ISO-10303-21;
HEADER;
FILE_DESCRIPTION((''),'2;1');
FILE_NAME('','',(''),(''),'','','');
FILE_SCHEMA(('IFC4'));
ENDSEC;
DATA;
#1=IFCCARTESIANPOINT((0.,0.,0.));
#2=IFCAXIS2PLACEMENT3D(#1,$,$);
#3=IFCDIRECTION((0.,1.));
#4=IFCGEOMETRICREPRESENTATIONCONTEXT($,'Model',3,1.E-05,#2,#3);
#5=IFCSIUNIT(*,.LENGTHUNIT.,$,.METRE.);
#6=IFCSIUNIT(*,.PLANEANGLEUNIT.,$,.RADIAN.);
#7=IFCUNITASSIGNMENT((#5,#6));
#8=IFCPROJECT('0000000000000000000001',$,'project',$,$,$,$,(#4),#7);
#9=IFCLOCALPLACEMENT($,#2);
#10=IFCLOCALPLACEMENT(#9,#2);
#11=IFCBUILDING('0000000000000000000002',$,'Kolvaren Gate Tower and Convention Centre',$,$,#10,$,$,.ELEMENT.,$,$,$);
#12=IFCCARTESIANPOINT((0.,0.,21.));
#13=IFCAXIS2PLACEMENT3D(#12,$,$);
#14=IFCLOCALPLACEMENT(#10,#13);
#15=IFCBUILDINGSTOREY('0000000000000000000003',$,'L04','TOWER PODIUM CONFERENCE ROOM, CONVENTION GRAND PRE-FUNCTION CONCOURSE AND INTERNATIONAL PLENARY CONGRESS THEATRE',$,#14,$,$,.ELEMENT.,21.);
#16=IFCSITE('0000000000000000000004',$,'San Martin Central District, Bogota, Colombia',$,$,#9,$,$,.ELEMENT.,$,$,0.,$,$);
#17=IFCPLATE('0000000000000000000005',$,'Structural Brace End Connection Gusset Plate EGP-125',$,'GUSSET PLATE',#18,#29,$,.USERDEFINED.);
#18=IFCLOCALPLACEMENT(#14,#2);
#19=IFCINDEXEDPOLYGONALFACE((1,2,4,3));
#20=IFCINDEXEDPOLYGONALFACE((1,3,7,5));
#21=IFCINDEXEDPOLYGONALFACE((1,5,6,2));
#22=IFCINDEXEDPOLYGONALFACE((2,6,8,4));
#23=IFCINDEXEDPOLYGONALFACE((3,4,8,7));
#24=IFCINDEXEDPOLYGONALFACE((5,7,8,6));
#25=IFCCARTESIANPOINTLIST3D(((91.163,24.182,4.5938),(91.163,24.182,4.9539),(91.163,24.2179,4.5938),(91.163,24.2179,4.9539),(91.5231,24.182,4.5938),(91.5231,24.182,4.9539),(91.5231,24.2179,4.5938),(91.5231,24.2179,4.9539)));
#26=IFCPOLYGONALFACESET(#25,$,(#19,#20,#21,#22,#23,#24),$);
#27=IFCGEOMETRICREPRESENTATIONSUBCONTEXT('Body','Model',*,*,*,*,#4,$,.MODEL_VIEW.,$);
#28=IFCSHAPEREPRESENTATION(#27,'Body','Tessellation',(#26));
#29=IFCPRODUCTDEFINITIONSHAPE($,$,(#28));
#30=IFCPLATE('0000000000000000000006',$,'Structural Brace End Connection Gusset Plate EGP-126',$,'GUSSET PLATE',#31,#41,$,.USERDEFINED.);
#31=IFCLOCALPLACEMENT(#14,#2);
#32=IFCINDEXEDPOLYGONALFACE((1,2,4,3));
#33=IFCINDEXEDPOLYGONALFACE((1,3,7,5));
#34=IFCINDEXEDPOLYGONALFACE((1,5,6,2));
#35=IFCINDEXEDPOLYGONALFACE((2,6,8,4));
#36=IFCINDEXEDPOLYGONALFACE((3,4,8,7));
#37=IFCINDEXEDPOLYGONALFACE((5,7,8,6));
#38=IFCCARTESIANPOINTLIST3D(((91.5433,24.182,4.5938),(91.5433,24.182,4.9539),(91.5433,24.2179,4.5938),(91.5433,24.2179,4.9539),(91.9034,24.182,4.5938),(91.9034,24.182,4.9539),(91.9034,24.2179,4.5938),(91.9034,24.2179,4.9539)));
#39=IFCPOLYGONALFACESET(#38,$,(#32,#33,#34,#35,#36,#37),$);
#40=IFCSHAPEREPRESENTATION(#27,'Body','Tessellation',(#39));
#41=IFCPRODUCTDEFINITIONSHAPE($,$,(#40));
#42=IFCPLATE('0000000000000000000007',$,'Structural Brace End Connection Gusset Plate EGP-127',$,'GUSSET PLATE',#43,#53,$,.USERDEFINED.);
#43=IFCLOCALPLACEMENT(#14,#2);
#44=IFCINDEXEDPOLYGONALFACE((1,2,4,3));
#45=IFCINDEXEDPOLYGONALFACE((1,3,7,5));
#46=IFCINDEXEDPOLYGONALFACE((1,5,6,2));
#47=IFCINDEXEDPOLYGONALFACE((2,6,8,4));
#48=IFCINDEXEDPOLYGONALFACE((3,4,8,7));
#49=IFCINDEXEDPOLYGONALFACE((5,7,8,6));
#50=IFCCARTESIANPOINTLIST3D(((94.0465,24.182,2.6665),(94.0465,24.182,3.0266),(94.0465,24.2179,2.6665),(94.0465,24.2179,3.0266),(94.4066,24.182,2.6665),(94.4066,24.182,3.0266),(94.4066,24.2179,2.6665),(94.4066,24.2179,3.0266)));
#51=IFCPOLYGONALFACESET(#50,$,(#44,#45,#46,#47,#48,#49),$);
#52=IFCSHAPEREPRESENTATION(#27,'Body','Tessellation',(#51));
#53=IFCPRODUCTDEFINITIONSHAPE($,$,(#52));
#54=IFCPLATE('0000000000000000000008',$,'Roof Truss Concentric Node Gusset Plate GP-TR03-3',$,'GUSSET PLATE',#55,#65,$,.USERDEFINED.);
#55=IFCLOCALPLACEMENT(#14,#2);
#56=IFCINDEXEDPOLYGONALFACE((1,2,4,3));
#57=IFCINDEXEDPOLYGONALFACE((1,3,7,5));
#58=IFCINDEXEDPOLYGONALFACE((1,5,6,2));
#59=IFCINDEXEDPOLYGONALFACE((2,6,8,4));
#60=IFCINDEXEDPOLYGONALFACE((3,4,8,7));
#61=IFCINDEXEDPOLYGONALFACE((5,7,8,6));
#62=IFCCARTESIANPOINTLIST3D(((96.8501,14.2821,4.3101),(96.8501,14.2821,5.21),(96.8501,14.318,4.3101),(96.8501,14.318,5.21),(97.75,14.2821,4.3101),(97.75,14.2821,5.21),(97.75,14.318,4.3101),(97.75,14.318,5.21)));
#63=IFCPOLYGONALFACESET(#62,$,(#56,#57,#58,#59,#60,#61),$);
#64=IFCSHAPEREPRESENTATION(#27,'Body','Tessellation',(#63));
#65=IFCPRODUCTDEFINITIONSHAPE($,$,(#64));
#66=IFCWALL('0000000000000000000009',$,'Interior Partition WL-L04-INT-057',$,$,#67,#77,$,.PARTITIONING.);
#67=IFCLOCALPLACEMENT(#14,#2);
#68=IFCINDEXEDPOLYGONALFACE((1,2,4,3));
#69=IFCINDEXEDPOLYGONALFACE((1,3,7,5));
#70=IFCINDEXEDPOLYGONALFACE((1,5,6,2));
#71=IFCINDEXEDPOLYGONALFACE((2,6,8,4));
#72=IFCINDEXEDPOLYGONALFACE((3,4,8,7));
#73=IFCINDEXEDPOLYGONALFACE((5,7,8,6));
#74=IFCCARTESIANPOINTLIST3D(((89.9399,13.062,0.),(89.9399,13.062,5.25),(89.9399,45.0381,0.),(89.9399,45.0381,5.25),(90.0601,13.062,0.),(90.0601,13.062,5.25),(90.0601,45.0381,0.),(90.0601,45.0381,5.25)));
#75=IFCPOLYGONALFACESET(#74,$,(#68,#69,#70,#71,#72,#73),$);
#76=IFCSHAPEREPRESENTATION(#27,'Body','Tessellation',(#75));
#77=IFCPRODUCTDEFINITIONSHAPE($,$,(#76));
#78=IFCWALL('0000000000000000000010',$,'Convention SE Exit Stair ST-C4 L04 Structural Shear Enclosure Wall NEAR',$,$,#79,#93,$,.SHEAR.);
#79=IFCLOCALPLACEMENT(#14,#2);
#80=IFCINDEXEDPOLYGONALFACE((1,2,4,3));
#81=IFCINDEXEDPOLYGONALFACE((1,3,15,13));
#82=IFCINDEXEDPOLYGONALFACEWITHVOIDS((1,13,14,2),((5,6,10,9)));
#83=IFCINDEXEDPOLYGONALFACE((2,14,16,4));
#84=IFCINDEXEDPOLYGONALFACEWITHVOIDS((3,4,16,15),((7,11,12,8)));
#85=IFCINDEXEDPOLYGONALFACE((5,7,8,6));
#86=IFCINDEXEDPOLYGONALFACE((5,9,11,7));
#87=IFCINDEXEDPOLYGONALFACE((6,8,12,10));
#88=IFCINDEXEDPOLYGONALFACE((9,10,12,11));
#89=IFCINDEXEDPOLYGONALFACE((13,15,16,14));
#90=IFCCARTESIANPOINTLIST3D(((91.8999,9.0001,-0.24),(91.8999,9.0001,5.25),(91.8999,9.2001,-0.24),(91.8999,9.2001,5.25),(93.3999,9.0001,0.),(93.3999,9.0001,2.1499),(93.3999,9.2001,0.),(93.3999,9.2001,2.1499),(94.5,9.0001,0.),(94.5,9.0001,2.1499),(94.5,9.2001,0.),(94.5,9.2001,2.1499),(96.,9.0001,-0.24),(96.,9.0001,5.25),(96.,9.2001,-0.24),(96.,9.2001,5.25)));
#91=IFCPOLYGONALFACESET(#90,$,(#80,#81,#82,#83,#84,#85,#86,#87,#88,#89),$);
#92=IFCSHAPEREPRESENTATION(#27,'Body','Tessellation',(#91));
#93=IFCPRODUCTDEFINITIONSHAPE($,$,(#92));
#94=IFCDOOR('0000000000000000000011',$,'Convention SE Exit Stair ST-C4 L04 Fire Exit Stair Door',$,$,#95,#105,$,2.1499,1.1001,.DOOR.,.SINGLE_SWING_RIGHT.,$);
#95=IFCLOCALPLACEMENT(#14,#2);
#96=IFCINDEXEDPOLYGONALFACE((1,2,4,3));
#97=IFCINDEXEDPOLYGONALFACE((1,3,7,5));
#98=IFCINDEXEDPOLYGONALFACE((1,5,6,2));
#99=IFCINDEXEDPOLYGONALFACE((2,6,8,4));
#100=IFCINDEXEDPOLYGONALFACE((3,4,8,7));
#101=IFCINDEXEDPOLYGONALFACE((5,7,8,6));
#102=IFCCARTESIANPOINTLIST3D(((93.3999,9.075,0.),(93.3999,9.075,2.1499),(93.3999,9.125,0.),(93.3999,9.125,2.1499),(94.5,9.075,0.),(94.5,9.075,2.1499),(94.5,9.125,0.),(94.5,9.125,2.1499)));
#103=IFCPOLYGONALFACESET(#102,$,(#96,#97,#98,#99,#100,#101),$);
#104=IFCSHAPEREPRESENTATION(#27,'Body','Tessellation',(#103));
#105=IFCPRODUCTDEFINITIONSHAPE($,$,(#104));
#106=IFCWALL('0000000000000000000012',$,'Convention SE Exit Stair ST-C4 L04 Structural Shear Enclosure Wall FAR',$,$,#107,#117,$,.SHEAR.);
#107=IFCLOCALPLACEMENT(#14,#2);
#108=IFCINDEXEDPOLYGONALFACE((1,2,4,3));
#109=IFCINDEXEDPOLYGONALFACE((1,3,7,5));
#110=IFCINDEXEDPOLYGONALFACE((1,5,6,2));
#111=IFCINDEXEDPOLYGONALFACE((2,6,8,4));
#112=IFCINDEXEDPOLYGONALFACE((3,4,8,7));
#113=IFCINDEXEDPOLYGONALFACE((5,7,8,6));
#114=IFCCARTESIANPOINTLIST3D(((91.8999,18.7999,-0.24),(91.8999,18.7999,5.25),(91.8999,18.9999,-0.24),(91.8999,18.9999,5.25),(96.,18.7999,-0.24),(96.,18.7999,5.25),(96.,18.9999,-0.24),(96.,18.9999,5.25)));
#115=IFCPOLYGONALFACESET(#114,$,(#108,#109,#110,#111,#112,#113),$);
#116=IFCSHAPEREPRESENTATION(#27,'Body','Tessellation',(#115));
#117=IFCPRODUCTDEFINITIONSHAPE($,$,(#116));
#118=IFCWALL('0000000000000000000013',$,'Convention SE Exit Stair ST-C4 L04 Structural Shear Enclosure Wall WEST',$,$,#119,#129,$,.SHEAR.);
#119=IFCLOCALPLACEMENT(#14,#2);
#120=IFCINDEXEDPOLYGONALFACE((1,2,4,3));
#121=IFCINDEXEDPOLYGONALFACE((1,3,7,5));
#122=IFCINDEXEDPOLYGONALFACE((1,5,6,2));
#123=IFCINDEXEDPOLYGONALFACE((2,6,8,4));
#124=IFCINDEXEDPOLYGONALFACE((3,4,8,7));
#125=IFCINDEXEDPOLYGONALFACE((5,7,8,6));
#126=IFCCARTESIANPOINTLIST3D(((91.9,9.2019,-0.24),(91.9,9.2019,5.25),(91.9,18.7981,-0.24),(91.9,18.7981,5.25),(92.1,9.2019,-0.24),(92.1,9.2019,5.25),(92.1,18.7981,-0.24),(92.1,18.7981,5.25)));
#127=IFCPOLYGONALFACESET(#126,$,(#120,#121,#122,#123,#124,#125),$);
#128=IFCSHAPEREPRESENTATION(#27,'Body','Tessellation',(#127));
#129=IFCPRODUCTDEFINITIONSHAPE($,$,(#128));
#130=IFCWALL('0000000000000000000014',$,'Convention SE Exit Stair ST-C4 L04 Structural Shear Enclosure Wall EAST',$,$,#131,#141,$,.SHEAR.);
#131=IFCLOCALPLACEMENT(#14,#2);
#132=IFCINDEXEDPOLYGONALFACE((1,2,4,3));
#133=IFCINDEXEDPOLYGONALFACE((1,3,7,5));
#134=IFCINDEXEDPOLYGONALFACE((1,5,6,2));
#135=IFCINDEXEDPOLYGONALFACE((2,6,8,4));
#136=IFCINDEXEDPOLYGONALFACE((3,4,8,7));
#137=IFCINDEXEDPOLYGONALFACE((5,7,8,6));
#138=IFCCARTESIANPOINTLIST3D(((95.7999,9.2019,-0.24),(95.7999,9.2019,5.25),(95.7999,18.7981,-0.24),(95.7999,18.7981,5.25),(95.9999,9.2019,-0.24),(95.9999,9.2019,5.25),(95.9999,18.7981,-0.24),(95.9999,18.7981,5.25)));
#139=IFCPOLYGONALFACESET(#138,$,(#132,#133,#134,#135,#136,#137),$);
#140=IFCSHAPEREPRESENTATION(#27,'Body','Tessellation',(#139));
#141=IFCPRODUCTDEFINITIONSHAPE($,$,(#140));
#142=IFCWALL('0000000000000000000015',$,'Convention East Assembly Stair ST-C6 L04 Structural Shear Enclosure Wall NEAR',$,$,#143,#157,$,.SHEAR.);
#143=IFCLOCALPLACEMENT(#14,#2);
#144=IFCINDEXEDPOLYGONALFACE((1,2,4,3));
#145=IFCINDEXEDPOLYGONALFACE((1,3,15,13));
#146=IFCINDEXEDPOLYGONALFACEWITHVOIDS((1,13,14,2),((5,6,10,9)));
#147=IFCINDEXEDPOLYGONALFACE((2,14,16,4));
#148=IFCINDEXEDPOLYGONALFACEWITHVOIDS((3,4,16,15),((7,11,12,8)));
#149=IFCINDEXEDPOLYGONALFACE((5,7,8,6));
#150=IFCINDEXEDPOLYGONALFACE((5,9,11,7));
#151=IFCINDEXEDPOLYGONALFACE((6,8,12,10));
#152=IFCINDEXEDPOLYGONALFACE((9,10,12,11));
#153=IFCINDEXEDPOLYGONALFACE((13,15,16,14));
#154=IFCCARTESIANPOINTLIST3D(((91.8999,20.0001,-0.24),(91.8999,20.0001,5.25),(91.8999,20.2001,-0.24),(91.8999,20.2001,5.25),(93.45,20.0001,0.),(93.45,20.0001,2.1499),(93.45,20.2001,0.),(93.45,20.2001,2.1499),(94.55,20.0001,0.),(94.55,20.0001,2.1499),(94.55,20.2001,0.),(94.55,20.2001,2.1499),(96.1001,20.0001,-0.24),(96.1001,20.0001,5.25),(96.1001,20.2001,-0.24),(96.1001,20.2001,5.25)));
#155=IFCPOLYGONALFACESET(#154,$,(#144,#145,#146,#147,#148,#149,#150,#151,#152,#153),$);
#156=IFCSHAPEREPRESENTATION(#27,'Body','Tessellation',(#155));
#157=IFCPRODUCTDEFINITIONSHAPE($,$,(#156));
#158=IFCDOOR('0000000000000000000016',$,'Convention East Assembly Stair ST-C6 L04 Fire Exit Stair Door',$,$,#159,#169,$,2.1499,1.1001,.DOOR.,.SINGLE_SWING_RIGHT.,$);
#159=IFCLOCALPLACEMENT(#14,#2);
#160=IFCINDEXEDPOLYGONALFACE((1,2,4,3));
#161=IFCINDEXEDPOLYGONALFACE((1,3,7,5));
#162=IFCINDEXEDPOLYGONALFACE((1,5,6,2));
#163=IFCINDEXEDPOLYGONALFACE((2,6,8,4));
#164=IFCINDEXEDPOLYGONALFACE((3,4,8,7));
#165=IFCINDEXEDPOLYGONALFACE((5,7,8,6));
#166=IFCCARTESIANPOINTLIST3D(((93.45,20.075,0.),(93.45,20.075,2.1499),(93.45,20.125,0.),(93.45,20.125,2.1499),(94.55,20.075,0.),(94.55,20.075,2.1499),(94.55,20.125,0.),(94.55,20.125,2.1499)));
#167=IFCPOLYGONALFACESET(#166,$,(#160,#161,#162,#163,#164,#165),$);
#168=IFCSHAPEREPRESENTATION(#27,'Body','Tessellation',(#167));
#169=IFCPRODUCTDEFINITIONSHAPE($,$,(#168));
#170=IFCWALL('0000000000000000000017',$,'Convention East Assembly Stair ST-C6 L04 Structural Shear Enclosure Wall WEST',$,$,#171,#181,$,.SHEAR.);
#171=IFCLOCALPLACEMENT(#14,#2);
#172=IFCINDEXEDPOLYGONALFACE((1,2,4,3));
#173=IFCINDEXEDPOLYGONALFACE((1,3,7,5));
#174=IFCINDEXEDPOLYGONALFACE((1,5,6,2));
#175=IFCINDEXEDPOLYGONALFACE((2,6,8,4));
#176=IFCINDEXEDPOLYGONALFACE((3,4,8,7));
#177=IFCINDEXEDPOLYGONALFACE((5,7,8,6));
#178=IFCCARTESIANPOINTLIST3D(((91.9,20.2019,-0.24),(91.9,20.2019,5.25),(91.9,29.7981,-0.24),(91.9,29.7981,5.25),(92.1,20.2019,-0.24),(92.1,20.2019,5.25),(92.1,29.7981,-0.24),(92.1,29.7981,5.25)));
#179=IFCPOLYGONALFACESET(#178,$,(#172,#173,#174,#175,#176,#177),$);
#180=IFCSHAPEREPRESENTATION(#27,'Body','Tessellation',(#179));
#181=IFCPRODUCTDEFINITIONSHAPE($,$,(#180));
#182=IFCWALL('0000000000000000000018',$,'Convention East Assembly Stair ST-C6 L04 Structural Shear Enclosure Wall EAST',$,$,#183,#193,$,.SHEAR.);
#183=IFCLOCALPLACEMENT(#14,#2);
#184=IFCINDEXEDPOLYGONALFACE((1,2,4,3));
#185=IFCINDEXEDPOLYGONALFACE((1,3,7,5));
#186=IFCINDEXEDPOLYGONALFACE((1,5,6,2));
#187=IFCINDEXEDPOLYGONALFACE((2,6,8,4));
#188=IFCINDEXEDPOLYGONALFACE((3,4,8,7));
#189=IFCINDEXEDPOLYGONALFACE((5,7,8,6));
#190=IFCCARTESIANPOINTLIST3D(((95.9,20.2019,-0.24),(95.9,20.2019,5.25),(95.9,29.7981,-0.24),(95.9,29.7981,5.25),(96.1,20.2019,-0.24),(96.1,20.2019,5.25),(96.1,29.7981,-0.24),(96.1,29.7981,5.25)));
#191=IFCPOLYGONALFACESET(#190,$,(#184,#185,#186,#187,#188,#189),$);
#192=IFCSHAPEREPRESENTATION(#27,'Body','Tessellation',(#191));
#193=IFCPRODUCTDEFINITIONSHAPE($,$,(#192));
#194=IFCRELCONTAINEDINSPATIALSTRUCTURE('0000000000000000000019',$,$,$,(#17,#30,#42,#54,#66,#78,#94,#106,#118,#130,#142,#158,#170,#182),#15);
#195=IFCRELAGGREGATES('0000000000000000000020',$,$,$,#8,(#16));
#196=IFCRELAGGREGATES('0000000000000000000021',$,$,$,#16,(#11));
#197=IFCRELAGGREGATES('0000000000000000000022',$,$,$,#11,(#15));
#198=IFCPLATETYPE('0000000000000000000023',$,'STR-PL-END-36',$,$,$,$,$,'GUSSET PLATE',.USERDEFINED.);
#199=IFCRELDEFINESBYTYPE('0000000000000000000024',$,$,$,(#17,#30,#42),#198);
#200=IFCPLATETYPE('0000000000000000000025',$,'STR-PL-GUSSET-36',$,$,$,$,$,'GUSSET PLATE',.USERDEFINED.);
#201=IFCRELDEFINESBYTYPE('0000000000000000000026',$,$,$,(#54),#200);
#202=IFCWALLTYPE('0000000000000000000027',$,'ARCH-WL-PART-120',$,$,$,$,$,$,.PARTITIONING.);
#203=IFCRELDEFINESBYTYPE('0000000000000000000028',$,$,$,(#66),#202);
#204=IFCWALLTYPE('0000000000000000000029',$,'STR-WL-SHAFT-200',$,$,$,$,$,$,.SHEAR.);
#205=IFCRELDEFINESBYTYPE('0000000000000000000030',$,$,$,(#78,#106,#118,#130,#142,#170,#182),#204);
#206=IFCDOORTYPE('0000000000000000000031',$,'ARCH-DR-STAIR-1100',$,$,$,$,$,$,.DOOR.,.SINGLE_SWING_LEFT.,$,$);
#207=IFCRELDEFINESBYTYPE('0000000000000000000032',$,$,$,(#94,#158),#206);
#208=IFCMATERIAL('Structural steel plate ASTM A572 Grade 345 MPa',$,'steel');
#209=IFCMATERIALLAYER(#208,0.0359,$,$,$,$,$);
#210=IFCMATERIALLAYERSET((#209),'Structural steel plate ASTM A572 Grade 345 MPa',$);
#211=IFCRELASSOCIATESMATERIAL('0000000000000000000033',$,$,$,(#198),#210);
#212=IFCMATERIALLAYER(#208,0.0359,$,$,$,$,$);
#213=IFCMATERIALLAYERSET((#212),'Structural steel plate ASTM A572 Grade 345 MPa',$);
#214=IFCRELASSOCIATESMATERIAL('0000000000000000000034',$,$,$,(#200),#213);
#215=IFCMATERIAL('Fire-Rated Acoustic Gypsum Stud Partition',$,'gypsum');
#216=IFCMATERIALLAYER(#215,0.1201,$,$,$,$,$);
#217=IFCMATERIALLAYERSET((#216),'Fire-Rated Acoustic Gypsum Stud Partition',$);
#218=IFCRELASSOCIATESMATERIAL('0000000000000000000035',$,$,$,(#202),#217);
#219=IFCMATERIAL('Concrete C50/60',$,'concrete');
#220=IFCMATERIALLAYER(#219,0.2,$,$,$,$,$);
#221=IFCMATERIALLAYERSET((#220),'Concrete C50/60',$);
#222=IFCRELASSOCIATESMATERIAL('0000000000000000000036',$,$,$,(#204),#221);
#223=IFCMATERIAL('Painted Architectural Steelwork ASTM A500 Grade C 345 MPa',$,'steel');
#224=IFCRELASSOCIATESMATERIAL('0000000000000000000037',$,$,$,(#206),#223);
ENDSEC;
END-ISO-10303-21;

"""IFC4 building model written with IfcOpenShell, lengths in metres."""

from ifc_helpers import new_model, si_unit, direction, frame, frame_2d, origin, origin_2d, place, context, subcontext, project, spatial, rectangle, extrude, material, layer, layer_set, type_object, element, fill, save


model = new_model("IFC4")

# Units and contexts
model_context = context("Model", 3, precision=1e-05, world=origin(), true_north=direction((0.0, 1.0)))
body_context = subcontext(model_context, "Body", "Model", "MODEL_VIEW")
ifc_project = project(units=[si_unit("LENGTHUNIT", "METRE"), si_unit("PLANEANGLEUNIT", "RADIAN")], contexts=[model_context])

# Site, building, storey
site_placement = place(None, origin())
site = spatial("IfcSite", under=ifc_project, at=site_placement, Name="San Martin Central District, Bogota, Colombia", CompositionType="ELEMENT", RefElevation=0.0)
building_placement = place(site_placement, origin())
building = spatial("IfcBuilding", under=site, at=building_placement, Name="Kolvaren Gate Tower and Convention Centre", CompositionType="ELEMENT")
storey_placement = place(building_placement, frame((0.0, 0.0, 21.0)))
storey = spatial("IfcBuildingStorey", under=building, at=storey_placement, Name="L04", Description="TOWER PODIUM CONFERENCE ROOM, CONVENTION GRAND PRE-FUNCTION CONCOURSE AND INTERNATIONAL PLENARY CONGRESS THEATRE", CompositionType="ELEMENT", Elevation=21.0)

# Plates
ifc_material_1 = material(Name="Structural steel plate ASTM A572 Grade 345 MPa", Category="steel")
ifc_layer_1 = layer(ifc_material_1, 0.0359)
ifc_layer_set_1 = layer_set([ifc_layer_1], Name="Structural steel plate ASTM A572 Grade 345 MPa")
plate_type_1 = type_object("IfcPlateType", Name="STR-PL-END-36", ElementType="GUSSET PLATE", PredefinedType="USERDEFINED", material=ifc_layer_set_1)
for number, where, z_axis, x_axis, name in (
    (1, (91.343, 24.2, 4.5938), (0.0, 0.0, 1.0), (1.0, 0.0, 0.0), "Structural Brace End Connection Gusset Plate EGP-125"),
    (2, (91.7234, 24.2, 4.5938), (0.0, 0.0, 1.0), (1.0, 0.0, 0.0), "Structural Brace End Connection Gusset Plate EGP-126"),
    (3, (94.2266, 24.2, 2.6665), (0.0, 0.0, 1.0), (1.0, 0.0, 0.0), "Structural Brace End Connection Gusset Plate EGP-127"),
):
    element("IfcPlate", number, at=place(storey_placement, frame(where, z_axis=z_axis, x_axis=x_axis)), inside=storey, type_object=plate_type_1, Name=name, ObjectType="GUSSET PLATE", PredefinedType="USERDEFINED", context=body_context, shape_type="SweptSolid", body=[
        extrude(rectangle(XDim=0.3601, YDim=0.0359, at=origin_2d()), origin(), (0.0, 0.0, 1.0), 0.3601),
    ])
ifc_layer_2 = layer(ifc_material_1, 0.0359)
ifc_layer_set_2 = layer_set([ifc_layer_2], Name="Structural steel plate ASTM A572 Grade 345 MPa")
plate_type_2 = type_object("IfcPlateType", Name="STR-PL-GUSSET-36", ElementType="GUSSET PLATE", PredefinedType="USERDEFINED", material=ifc_layer_set_2)
plate_placement = place(storey_placement, frame((97.3, 14.3, 4.3101), z_axis=(0.0, 0.0, 1.0), x_axis=(1.0, 0.0, 0.0)))
element("IfcPlate", 4, at=plate_placement, inside=storey, type_object=plate_type_2, Name="Roof Truss Concentric Node Gusset Plate GP-TR03-3", ObjectType="GUSSET PLATE", PredefinedType="USERDEFINED", context=body_context, shape_type="SweptSolid", body=[
    extrude(rectangle(XDim=0.8999, YDim=0.0359, at=origin_2d()), origin(), (0.0, 0.0, 1.0), 0.8999),
])

# Wall
ifc_material_2 = material(Name="Fire-Rated Acoustic Gypsum Stud Partition", Category="gypsum")
ifc_layer_3 = layer(ifc_material_2, 0.1201)
ifc_layer_set_3 = layer_set([ifc_layer_3], Name="Fire-Rated Acoustic Gypsum Stud Partition")
wall_type_1 = type_object("IfcWallType", Name="ARCH-WL-PART-120", PredefinedType="PARTITIONING", material=ifc_layer_set_3)
wall_1_placement = place(storey_placement, frame((90.0, 13.062, 0.0), z_axis=(0.0, 0.0, 1.0), x_axis=(0.0, 1.0, 0.0)))
element("IfcWall", 5, at=wall_1_placement, inside=storey, type_object=wall_type_1, Name="Interior Partition WL-L04-INT-057", PredefinedType="PARTITIONING", context=body_context, shape_type="SweptSolid", body=[
    extrude(rectangle(XDim=31.9761, YDim=0.1201, at=frame_2d((15.988, 0.0))), origin(), (0.0, 0.0, 1.0), 5.25),
])

# Wall, opening, door
ifc_material_3 = material(Name="Concrete C50/60", Category="concrete")
ifc_layer_4 = layer(ifc_material_3, 0.2)
ifc_layer_set_4 = layer_set([ifc_layer_4], Name="Concrete C50/60")
wall_type_2 = type_object("IfcWallType", Name="STR-WL-SHAFT-200", PredefinedType="SHEAR", material=ifc_layer_set_4)
wall_2_placement = place(storey_placement, frame((91.8999, 9.1001, -0.24), z_axis=(0.0, 0.0, 1.0), x_axis=(1.0, 0.0, 0.0)))
wall_2 = element("IfcWall", 6, at=wall_2_placement, inside=storey, type_object=wall_type_2, Name="Convention SE Exit Stair ST-C4 L04 Structural Shear Enclosure Wall NEAR", PredefinedType="SHEAR", context=body_context, shape_type="SweptSolid", body=[
    extrude(rectangle(XDim=4.1001, YDim=0.2, at=frame_2d((2.05, 0.0))), origin(), (0.0, 0.0, 1.0), 5.49),
])
opening_1_placement = place(wall_2_placement, frame((1.5, 0.0, 0.24)))
opening_1 = element("IfcOpeningElement", 7, at=opening_1_placement, cuts=wall_2, PredefinedType="OPENING", context=body_context, shape_type="SweptSolid", body=[
    extrude(rectangle(XDim=1.1001, YDim=2.1499, at=frame_2d((0.55, 1.075))), frame((0.0, 0.1099, 0.0), z_axis=(0.0, -1.0, 0.0), x_axis=(1.0, 0.0, 0.0)), (0.0, 0.0, 1.0), 0.22),
])
ifc_material_4 = material(Name="Painted Architectural Steelwork ASTM A500 Grade C 345 MPa", Category="steel")
door_type = type_object("IfcDoorType", Name="ARCH-DR-STAIR-1100", OperationType="SINGLE_SWING_LEFT", PredefinedType="DOOR", material=ifc_material_4)
door_1_placement = place(opening_1_placement, origin())
door_1 = element("IfcDoor", 8, at=door_1_placement, inside=storey, type_object=door_type, Name="Convention SE Exit Stair ST-C4 L04 Fire Exit Stair Door", OperationType="SINGLE_SWING_RIGHT", OverallHeight=2.1499, OverallWidth=1.1001, PredefinedType="DOOR", context=body_context, shape_type="SweptSolid", body=[
    extrude(rectangle(XDim=1.1001, YDim=2.1499, at=frame_2d((0.55, 1.075))), frame((0.0, 0.0249, 0.0), z_axis=(0.0, -1.0, 0.0), x_axis=(1.0, 0.0, 0.0)), (0.0, 0.0, 1.0), 0.05),
])
fill(opening_1, door_1)

# Walls
wall_3_placement = place(storey_placement, frame((91.8999, 18.8999, -0.24), z_axis=(0.0, 0.0, 1.0), x_axis=(1.0, 0.0, 0.0)))
element("IfcWall", 9, at=wall_3_placement, inside=storey, type_object=wall_type_2, Name="Convention SE Exit Stair ST-C4 L04 Structural Shear Enclosure Wall FAR", PredefinedType="SHEAR", context=body_context, shape_type="SweptSolid", body=[
    extrude(rectangle(XDim=4.1001, YDim=0.2, at=frame_2d((2.05, 0.0))), origin(), (0.0, 0.0, 1.0), 5.49),
])
for number, where, z_axis, x_axis, name in (
    (10, (92.0, 9.2019, -0.24), (0.0, 0.0, 1.0), (0.0, 1.0, 0.0), "Convention SE Exit Stair ST-C4 L04 Structural Shear Enclosure Wall WEST"),
    (11, (95.8999, 9.2019, -0.24), (0.0, 0.0, 1.0), (0.0, 1.0, 0.0), "Convention SE Exit Stair ST-C4 L04 Structural Shear Enclosure Wall EAST"),
):
    element("IfcWall", number, at=place(storey_placement, frame(where, z_axis=z_axis, x_axis=x_axis)), inside=storey, type_object=wall_type_2, Name=name, PredefinedType="SHEAR", context=body_context, shape_type="SweptSolid", body=[
        extrude(rectangle(XDim=9.5962, YDim=0.2, at=frame_2d((4.7981, 0.0))), origin(), (0.0, 0.0, 1.0), 5.49),
    ])

# Wall, opening, door
wall_4_placement = place(storey_placement, frame((91.8999, 20.1001, -0.24), z_axis=(0.0, 0.0, 1.0), x_axis=(1.0, 0.0, 0.0)))
wall_4 = element("IfcWall", 12, at=wall_4_placement, inside=storey, type_object=wall_type_2, Name="Convention East Assembly Stair ST-C6 L04 Structural Shear Enclosure Wall NEAR", PredefinedType="SHEAR", context=body_context, shape_type="SweptSolid", body=[
    extrude(rectangle(XDim=4.2002, YDim=0.2, at=frame_2d((2.1001, 0.0))), origin(), (0.0, 0.0, 1.0), 5.49),
])
opening_2_placement = place(wall_4_placement, frame((1.55, 0.0, 0.24)))
opening_2 = element("IfcOpeningElement", 13, at=opening_2_placement, cuts=wall_4, PredefinedType="OPENING", context=body_context, shape_type="SweptSolid", body=[
    extrude(rectangle(XDim=1.1001, YDim=2.1499, at=frame_2d((0.55, 1.075))), frame((0.0, 0.1099, 0.0), z_axis=(0.0, -1.0, 0.0), x_axis=(1.0, 0.0, 0.0)), (0.0, 0.0, 1.0), 0.22),
])
door_2_placement = place(opening_2_placement, origin())
door_2 = element("IfcDoor", 14, at=door_2_placement, inside=storey, type_object=door_type, Name="Convention East Assembly Stair ST-C6 L04 Fire Exit Stair Door", OperationType="SINGLE_SWING_RIGHT", OverallHeight=2.1499, OverallWidth=1.1001, PredefinedType="DOOR", context=body_context, shape_type="SweptSolid", body=[
    extrude(rectangle(XDim=1.1001, YDim=2.1499, at=frame_2d((0.55, 1.075))), frame((0.0, 0.0249, 0.0), z_axis=(0.0, -1.0, 0.0), x_axis=(1.0, 0.0, 0.0)), (0.0, 0.0, 1.0), 0.05),
])
fill(opening_2, door_2)

# Walls
for number, where, z_axis, x_axis, name in (
    (15, (92.0, 20.2019, -0.24), (0.0, 0.0, 1.0), (0.0, 1.0, 0.0), "Convention East Assembly Stair ST-C6 L04 Structural Shear Enclosure Wall WEST"),
    (16, (96.0, 20.2019, -0.24), (0.0, 0.0, 1.0), (0.0, 1.0, 0.0), "Convention East Assembly Stair ST-C6 L04 Structural Shear Enclosure Wall EAST"),
):
    element("IfcWall", number, at=place(storey_placement, frame(where, z_axis=z_axis, x_axis=x_axis)), inside=storey, type_object=wall_type_2, Name=name, PredefinedType="SHEAR", context=body_context, shape_type="SweptSolid", body=[
        extrude(rectangle(XDim=9.5962, YDim=0.2, at=frame_2d((4.7981, 0.0))), origin(), (0.0, 0.0, 1.0), 5.49),
    ])

save(model, "model.ifc")
